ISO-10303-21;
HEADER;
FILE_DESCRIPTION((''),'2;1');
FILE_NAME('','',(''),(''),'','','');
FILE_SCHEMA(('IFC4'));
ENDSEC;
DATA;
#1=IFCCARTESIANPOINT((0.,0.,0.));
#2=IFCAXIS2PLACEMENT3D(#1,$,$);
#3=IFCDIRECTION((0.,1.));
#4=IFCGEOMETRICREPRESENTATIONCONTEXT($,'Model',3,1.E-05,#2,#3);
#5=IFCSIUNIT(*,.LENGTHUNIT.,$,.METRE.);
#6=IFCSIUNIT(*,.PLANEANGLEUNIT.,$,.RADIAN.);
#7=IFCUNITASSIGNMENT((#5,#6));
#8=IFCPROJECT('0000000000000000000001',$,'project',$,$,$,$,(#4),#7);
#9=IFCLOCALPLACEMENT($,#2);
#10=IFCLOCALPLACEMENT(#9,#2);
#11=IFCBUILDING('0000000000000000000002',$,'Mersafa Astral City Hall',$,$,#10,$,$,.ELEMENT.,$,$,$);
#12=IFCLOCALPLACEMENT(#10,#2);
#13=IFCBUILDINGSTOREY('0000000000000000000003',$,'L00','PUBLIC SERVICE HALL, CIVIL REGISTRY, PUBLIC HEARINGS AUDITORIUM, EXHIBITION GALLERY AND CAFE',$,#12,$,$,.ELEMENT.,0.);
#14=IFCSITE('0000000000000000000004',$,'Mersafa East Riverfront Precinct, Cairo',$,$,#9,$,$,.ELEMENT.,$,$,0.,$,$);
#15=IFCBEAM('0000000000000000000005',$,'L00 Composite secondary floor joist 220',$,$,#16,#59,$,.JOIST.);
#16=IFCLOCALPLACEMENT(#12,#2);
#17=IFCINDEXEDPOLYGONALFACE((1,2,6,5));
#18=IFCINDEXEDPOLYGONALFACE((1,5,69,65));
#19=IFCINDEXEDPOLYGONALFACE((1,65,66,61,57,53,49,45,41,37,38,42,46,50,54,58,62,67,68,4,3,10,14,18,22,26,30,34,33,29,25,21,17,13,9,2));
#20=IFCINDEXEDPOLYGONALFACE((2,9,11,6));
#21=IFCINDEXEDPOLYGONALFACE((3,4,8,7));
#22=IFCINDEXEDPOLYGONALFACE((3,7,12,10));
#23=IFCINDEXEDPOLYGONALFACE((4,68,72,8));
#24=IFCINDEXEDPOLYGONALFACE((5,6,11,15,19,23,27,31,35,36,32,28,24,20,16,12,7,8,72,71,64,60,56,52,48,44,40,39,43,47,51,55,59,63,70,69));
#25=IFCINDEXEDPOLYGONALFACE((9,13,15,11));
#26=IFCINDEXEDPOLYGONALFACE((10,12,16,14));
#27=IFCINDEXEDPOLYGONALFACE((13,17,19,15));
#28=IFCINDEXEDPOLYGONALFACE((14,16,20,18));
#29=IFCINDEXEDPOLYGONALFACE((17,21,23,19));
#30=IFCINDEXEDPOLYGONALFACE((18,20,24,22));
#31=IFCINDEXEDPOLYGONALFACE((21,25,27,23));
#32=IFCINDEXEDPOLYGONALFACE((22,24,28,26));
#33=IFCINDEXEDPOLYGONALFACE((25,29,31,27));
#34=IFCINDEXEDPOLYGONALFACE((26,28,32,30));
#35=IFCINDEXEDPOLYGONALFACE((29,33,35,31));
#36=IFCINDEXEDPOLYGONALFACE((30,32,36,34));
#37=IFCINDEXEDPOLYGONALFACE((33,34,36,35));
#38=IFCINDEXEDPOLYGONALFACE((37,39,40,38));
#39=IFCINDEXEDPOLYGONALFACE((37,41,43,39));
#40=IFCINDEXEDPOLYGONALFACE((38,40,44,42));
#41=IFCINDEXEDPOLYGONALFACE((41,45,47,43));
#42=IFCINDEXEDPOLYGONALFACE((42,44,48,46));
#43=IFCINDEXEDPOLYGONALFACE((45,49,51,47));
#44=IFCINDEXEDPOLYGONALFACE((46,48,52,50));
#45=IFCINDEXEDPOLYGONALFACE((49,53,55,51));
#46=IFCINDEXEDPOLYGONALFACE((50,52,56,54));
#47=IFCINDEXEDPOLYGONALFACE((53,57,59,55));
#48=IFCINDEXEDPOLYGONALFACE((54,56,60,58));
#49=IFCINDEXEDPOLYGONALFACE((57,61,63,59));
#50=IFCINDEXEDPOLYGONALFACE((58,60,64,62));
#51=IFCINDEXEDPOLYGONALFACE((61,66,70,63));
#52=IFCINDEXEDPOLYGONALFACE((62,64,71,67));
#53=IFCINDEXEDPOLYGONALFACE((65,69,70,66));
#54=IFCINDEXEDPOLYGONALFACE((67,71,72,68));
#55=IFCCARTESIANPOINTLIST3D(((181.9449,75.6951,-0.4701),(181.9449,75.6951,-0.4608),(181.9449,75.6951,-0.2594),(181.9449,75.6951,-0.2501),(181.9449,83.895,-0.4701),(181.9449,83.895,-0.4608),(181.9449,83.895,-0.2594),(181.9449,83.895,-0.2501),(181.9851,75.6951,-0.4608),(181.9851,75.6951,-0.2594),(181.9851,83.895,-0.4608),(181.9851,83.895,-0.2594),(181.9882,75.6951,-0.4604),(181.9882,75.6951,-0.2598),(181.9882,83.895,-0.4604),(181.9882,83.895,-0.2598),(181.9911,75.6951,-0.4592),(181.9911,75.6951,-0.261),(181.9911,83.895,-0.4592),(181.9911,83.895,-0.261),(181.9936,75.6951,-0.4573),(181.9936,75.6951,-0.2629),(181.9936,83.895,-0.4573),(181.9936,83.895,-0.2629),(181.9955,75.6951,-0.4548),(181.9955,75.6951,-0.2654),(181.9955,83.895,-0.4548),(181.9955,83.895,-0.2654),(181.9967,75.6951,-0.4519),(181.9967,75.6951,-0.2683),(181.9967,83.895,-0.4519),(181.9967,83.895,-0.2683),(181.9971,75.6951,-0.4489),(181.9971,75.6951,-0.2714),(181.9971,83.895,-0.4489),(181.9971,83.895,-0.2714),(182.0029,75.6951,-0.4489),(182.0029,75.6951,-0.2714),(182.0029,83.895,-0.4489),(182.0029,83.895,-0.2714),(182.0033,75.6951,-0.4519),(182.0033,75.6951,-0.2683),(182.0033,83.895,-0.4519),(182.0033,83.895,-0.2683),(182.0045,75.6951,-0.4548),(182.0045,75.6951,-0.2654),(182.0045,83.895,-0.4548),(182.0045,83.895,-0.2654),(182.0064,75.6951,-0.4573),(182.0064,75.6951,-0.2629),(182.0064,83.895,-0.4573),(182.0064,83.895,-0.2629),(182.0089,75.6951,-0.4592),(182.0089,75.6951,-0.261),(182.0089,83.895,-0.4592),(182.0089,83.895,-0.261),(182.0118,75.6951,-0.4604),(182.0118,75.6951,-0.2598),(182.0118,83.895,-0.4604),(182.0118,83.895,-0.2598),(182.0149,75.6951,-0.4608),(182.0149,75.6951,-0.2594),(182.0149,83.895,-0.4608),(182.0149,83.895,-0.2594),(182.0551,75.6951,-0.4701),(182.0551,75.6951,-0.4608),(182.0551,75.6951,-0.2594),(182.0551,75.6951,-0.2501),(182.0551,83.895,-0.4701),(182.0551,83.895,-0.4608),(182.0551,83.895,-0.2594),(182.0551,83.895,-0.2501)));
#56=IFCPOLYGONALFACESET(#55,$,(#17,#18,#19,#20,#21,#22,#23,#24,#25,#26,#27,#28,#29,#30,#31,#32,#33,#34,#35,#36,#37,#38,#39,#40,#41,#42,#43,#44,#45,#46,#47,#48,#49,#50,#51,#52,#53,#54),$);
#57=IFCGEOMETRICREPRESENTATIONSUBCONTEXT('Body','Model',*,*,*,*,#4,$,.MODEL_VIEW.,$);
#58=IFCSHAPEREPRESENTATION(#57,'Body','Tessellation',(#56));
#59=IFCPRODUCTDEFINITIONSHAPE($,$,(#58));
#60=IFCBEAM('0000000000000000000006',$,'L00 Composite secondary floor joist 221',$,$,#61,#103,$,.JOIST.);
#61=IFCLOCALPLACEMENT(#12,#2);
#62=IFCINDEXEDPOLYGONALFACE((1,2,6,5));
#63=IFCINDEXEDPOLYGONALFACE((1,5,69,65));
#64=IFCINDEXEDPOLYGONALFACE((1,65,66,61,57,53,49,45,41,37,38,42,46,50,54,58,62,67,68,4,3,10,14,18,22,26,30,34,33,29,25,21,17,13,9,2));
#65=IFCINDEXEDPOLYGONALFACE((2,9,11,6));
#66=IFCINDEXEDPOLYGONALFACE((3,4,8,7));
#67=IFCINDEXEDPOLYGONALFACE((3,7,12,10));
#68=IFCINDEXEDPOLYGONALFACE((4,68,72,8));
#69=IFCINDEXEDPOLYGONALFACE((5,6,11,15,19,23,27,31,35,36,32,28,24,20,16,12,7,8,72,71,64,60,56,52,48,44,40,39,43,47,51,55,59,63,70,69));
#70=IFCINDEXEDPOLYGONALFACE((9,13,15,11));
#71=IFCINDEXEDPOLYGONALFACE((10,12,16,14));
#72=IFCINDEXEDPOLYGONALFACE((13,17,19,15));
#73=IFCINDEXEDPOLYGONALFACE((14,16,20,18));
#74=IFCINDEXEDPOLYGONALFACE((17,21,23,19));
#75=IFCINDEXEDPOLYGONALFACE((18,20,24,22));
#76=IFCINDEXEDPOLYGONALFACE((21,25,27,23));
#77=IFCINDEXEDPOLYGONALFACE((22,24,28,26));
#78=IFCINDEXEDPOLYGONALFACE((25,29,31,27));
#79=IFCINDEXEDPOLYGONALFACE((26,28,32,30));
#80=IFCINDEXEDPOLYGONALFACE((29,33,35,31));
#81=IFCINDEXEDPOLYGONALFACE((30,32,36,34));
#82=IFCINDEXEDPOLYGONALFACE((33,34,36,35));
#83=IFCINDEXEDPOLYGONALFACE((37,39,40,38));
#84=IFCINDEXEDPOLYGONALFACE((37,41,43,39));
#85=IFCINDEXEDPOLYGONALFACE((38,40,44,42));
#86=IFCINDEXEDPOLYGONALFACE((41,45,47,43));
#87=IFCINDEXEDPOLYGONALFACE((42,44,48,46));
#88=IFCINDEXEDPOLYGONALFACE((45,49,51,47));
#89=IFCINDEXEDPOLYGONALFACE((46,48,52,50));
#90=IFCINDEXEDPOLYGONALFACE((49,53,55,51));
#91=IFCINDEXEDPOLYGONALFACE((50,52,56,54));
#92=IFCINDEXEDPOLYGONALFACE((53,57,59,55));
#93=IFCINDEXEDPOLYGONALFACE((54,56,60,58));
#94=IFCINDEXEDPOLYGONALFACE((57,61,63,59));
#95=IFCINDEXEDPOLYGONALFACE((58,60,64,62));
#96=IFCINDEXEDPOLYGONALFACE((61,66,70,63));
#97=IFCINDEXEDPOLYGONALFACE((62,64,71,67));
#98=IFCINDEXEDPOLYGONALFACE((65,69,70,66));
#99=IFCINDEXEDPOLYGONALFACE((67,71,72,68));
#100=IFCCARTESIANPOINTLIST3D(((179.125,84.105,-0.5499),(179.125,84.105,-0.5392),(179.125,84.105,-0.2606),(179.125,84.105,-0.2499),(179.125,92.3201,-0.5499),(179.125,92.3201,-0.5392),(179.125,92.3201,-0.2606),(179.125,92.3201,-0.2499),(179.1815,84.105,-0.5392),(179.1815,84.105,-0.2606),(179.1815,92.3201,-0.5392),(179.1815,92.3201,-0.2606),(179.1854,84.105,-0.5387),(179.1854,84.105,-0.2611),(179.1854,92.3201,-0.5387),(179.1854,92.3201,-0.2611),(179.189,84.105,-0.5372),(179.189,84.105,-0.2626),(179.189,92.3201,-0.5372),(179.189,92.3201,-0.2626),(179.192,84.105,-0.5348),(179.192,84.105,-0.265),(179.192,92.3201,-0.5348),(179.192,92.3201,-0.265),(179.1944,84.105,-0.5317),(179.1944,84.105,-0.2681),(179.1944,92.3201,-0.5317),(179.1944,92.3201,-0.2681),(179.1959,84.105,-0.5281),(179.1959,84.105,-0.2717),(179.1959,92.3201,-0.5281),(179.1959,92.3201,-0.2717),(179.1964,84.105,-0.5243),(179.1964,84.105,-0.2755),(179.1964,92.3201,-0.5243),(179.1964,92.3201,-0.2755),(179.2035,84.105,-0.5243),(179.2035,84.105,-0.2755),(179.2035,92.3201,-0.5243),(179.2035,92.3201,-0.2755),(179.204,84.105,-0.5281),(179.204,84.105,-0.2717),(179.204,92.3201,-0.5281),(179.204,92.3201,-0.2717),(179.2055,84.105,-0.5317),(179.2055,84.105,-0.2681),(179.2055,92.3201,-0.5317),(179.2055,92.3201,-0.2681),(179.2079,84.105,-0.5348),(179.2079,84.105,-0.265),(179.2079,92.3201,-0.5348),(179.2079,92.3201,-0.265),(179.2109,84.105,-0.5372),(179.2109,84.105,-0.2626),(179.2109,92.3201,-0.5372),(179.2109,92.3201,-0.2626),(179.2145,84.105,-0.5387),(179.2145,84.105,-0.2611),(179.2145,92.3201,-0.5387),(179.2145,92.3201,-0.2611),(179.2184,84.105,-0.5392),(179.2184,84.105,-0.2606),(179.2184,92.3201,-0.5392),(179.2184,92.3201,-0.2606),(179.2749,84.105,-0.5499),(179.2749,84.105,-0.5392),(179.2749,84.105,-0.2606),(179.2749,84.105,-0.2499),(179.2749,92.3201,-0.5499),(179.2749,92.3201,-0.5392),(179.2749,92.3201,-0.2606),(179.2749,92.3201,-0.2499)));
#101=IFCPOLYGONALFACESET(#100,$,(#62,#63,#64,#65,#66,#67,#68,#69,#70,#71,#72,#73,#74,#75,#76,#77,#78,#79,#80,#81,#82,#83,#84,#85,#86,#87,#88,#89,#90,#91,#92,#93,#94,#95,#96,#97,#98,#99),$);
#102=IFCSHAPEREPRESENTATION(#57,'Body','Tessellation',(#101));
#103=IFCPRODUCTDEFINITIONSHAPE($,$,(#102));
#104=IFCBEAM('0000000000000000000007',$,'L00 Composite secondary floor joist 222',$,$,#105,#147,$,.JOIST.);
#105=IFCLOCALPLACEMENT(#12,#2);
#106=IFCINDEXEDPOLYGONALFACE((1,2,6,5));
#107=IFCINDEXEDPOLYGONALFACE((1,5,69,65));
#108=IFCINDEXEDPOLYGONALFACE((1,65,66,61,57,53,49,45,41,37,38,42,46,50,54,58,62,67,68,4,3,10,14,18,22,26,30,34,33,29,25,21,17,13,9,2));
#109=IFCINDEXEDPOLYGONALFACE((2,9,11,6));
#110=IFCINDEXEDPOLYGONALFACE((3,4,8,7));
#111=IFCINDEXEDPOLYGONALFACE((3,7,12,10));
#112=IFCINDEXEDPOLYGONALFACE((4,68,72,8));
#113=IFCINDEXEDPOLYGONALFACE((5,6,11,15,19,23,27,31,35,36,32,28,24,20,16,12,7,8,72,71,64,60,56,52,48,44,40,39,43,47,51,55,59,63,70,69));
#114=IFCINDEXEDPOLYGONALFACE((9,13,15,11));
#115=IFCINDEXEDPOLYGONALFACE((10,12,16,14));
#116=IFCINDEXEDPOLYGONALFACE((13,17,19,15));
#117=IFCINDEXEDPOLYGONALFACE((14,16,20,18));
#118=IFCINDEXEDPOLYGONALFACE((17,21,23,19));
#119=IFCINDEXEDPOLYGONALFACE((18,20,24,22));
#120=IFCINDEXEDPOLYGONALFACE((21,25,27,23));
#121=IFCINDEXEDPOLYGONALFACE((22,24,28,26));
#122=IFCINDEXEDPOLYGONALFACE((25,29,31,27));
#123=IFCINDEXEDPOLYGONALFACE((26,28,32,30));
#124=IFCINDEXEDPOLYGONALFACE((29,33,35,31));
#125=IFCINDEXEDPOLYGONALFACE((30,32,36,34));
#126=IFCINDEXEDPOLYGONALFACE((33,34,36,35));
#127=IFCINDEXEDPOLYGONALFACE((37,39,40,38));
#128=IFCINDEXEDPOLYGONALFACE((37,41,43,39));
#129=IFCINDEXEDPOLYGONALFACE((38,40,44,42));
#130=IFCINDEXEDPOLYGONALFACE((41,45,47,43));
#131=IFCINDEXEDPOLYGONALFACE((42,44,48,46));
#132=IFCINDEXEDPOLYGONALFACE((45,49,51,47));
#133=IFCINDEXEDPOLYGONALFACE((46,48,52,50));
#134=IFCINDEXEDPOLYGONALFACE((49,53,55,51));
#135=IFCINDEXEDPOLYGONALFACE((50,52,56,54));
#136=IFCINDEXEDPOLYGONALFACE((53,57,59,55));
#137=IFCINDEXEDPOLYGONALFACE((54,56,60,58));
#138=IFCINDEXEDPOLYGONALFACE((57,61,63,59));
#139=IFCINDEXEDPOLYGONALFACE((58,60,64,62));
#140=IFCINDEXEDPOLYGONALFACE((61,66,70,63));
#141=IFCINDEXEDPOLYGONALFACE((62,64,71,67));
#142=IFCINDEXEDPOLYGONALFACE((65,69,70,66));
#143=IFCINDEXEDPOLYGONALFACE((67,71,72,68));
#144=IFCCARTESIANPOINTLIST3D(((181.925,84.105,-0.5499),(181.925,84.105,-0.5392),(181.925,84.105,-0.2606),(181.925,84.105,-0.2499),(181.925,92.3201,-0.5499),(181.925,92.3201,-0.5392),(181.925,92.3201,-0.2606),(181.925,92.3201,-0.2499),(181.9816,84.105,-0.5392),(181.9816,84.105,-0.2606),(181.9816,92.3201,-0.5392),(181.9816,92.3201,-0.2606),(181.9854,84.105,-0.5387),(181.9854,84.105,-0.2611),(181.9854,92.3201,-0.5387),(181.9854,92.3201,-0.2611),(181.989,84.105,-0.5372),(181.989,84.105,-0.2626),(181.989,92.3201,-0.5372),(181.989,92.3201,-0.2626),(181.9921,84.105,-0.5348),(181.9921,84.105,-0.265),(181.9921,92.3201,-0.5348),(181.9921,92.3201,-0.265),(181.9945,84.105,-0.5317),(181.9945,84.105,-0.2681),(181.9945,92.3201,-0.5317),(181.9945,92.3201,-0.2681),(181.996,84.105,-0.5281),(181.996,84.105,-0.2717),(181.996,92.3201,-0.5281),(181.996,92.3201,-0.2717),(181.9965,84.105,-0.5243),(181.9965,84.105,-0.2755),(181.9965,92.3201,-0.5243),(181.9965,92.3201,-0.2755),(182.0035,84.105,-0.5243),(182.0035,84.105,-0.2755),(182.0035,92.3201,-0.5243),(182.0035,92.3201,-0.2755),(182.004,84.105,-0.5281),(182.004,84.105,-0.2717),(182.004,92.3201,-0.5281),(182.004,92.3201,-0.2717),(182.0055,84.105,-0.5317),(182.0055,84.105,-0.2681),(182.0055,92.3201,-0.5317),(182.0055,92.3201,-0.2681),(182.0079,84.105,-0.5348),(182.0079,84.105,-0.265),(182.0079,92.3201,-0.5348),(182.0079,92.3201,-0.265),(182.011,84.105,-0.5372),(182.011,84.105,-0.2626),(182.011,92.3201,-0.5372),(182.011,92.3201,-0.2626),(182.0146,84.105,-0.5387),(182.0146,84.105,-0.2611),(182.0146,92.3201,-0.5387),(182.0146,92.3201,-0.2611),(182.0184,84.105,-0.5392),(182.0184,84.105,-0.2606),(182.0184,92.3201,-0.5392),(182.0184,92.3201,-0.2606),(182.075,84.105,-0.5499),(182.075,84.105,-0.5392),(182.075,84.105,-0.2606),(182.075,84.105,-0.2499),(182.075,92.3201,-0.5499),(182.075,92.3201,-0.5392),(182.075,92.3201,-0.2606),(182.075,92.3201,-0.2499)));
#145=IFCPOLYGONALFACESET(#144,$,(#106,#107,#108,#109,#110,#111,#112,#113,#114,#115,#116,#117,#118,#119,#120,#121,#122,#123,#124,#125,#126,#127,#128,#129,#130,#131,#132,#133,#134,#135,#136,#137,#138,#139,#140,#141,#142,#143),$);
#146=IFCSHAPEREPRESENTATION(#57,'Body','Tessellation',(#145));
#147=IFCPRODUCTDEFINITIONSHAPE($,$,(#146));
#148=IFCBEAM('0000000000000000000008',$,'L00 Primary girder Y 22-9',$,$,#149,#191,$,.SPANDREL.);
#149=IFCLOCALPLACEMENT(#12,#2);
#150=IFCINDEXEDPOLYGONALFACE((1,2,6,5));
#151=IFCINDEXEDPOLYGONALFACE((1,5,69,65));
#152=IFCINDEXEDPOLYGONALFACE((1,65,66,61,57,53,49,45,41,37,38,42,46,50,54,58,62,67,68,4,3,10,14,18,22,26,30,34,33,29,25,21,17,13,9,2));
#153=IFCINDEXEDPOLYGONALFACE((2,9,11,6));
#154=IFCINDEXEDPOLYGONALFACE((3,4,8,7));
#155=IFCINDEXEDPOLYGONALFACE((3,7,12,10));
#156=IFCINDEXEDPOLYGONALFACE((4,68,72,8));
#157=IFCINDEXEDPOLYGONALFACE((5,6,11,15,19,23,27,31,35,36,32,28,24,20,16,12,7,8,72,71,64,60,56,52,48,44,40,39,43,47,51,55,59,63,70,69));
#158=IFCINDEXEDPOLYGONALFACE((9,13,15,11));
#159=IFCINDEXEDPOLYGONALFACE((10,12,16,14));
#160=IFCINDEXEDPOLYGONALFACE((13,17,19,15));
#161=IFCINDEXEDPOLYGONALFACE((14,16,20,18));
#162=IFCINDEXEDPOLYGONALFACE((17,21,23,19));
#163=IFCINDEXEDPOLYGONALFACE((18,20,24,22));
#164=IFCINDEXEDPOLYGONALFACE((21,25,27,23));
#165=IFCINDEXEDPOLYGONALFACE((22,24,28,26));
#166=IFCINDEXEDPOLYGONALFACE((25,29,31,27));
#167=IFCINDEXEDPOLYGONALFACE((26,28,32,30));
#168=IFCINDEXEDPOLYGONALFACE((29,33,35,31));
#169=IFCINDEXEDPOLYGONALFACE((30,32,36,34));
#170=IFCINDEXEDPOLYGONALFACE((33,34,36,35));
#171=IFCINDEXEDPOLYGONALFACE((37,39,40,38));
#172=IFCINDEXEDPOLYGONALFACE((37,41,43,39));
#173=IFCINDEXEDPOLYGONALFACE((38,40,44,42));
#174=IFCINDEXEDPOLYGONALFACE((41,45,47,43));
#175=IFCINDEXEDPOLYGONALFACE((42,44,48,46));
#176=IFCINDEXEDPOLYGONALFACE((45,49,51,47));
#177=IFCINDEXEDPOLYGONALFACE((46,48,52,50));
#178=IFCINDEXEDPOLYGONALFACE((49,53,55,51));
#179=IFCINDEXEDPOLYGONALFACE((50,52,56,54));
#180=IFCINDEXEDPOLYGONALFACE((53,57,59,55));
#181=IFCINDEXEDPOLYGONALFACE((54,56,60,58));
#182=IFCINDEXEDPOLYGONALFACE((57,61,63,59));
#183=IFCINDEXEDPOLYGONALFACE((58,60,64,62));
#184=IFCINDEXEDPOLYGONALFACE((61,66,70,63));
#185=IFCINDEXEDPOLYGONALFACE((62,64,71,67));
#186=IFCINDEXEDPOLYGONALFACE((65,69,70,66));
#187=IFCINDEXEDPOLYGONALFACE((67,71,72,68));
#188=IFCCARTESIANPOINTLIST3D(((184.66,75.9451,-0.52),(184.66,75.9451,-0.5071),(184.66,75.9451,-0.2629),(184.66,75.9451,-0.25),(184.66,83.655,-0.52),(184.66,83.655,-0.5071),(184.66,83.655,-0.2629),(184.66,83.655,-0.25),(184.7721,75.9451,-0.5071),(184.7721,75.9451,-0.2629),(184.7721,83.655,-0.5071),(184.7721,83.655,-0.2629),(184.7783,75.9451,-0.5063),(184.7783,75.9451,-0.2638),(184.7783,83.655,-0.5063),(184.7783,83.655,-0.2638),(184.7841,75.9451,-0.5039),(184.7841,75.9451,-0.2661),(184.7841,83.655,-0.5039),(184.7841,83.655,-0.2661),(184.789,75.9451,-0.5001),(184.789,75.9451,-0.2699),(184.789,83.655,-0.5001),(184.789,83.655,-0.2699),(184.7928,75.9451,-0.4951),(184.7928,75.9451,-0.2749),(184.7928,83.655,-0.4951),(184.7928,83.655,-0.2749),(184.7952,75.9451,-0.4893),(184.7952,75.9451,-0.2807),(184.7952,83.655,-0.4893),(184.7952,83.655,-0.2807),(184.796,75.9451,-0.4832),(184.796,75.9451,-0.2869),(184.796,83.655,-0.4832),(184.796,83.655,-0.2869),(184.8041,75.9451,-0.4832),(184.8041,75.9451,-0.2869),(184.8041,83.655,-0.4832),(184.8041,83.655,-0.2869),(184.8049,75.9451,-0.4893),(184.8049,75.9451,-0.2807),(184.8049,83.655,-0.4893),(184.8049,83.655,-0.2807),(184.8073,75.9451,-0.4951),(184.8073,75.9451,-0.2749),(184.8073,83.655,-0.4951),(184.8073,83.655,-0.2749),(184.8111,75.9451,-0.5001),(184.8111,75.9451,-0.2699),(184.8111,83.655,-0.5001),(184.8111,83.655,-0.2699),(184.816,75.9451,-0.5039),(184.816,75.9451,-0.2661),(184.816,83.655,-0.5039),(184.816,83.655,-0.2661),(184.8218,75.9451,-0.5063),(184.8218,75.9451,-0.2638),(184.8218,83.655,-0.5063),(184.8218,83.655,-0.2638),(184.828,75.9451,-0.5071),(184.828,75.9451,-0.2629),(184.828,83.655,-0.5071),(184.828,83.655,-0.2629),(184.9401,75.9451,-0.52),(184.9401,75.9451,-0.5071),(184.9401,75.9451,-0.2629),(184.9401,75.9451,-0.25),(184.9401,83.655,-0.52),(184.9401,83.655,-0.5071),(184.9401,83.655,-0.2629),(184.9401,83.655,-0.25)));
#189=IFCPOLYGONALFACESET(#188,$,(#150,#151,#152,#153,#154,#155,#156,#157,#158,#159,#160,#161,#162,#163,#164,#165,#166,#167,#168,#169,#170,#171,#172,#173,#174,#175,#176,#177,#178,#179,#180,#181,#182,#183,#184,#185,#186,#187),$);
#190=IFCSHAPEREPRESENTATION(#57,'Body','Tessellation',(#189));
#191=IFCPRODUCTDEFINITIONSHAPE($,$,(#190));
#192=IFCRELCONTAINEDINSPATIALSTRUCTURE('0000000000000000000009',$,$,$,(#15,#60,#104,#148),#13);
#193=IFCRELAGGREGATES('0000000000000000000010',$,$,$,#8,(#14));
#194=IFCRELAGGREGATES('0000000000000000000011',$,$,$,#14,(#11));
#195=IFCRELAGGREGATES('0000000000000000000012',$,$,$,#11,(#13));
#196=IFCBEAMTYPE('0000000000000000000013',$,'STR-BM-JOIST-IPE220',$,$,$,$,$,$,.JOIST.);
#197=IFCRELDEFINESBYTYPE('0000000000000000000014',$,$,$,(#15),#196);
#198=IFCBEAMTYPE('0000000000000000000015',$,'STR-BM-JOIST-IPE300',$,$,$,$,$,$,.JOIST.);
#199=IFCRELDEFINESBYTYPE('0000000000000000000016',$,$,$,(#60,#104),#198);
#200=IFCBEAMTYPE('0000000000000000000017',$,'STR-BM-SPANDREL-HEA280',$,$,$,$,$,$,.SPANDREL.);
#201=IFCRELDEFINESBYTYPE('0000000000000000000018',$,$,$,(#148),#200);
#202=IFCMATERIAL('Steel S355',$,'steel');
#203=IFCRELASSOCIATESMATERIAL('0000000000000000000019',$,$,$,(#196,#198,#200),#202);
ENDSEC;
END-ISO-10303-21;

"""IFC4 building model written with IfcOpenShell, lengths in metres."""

from ifc_helpers import new_model, si_unit, direction, frame, origin, origin_2d, place, context, subcontext, project, spatial, i_section, extrude, material, material_profile, profile_set, type_object, element, save


model = new_model("IFC4")

# Units and contexts
model_context = context("Model", 3, precision=1e-05, world=origin(), true_north=direction((0.0, 1.0)))
body_context = subcontext(model_context, "Body", "Model", "MODEL_VIEW")
ifc_project = project(units=[si_unit("LENGTHUNIT", "METRE"), si_unit("PLANEANGLEUNIT", "RADIAN")], contexts=[model_context])

# Site, building, storey
site_placement = place(None, origin())
site = spatial("IfcSite", under=ifc_project, at=site_placement, Name="Mersafa East Riverfront Precinct, Cairo", CompositionType="ELEMENT", RefElevation=0.0)
building_placement = place(site_placement, origin())
building = spatial("IfcBuilding", under=site, at=building_placement, Name="Mersafa Astral City Hall", CompositionType="ELEMENT")
storey_placement = place(building_placement, origin())
storey = spatial("IfcBuildingStorey", under=building, at=storey_placement, Name="L00", Description="PUBLIC SERVICE HALL, CIVIL REGISTRY, PUBLIC HEARINGS AUDITORIUM, EXHIBITION GALLERY AND CAFE", CompositionType="ELEMENT", Elevation=0.0)

# Shared definitions
ifc_material_1 = material(Name="Steel S355", Category="steel")

# Beams
ifc_material_profile_1 = material_profile(ifc_material_1, i_section(OverallWidth=0.1101, OverallDepth=0.22, WebThickness=0.0059, FlangeThickness=0.0093, FilletRadius=0.012, at=origin_2d()), Name="IPE 220")
ifc_profile_set_1 = profile_set([ifc_material_profile_1], Name="Steel S355")
beam_type_1 = type_object("IfcBeamType", Name="STR-BM-JOIST-IPE220", PredefinedType="JOIST", material=ifc_profile_set_1)
for number, where, z_axis, x_axis, name in (
    (1, (182.0, 75.6951, -0.3601), (0.0, 1.0, 0.0), (-1.0, 0.0, 0.0), "L00 Composite secondary floor joist 220"),
):
    element("IfcBeam", number, at=place(storey_placement, frame(where, z_axis=z_axis, x_axis=x_axis)), inside=storey, type_object=beam_type_1, Name=name, PredefinedType="JOIST", context=body_context, shape_type="SweptSolid", body=[
        extrude(i_section(OverallWidth=0.1101, OverallDepth=0.22, WebThickness=0.0059, FlangeThickness=0.0093, FilletRadius=0.012, at=origin_2d()), origin(), (0.0, 0.0, 1.0), 8.2),
    ])
ifc_material_profile_2 = material_profile(ifc_material_1, i_section(OverallWidth=0.1499, OverallDepth=0.3, WebThickness=0.0071, FlangeThickness=0.0107, FilletRadius=0.0149, at=origin_2d()), Name="IPE 300")
ifc_profile_set_2 = profile_set([ifc_material_profile_2], Name="Steel S355")
beam_type_2 = type_object("IfcBeamType", Name="STR-BM-JOIST-IPE300", PredefinedType="JOIST", material=ifc_profile_set_2)
for number, where, z_axis, x_axis, name in (
    (2, (179.2, 84.105, -0.3999), (0.0, 1.0, 0.0), (-1.0, 0.0, 0.0), "L00 Composite secondary floor joist 221"),
    (3, (182.0, 84.105, -0.3999), (0.0, 1.0, 0.0), (-1.0, 0.0, 0.0), "L00 Composite secondary floor joist 222"),
):
    element("IfcBeam", number, at=place(storey_placement, frame(where, z_axis=z_axis, x_axis=x_axis)), inside=storey, type_object=beam_type_2, Name=name, PredefinedType="JOIST", context=body_context, shape_type="SweptSolid", body=[
        extrude(i_section(OverallWidth=0.1499, OverallDepth=0.3, WebThickness=0.0071, FlangeThickness=0.0107, FilletRadius=0.0149, at=origin_2d()), origin(), (0.0, 0.0, 1.0), 8.2151),
    ])
ifc_material_profile_3 = material_profile(ifc_material_1, i_section(OverallWidth=0.28, OverallDepth=0.27, WebThickness=0.0081, FlangeThickness=0.0129, FilletRadius=0.0239, at=origin_2d()), Name="HEA 280")
ifc_profile_set_3 = profile_set([ifc_material_profile_3], Name="Steel S355")
beam_type_3 = type_object("IfcBeamType", Name="STR-BM-SPANDREL-HEA280", PredefinedType="SPANDREL", material=ifc_profile_set_3)
beam_1_placement = place(storey_placement, frame((184.8, 75.9451, -0.385), z_axis=(0.0, 1.0, 0.0), x_axis=(-1.0, 0.0, 0.0)))
element("IfcBeam", 4, at=beam_1_placement, inside=storey, type_object=beam_type_3, Name="L00 Primary girder Y 22-9", PredefinedType="SPANDREL", context=body_context, shape_type="SweptSolid", body=[
    extrude(i_section(OverallWidth=0.28, OverallDepth=0.27, WebThickness=0.0081, FlangeThickness=0.0129, FilletRadius=0.0239, at=origin_2d()), origin(), (0.0, 0.0, 1.0), 7.71),
])

save(model, "model.ifc")
